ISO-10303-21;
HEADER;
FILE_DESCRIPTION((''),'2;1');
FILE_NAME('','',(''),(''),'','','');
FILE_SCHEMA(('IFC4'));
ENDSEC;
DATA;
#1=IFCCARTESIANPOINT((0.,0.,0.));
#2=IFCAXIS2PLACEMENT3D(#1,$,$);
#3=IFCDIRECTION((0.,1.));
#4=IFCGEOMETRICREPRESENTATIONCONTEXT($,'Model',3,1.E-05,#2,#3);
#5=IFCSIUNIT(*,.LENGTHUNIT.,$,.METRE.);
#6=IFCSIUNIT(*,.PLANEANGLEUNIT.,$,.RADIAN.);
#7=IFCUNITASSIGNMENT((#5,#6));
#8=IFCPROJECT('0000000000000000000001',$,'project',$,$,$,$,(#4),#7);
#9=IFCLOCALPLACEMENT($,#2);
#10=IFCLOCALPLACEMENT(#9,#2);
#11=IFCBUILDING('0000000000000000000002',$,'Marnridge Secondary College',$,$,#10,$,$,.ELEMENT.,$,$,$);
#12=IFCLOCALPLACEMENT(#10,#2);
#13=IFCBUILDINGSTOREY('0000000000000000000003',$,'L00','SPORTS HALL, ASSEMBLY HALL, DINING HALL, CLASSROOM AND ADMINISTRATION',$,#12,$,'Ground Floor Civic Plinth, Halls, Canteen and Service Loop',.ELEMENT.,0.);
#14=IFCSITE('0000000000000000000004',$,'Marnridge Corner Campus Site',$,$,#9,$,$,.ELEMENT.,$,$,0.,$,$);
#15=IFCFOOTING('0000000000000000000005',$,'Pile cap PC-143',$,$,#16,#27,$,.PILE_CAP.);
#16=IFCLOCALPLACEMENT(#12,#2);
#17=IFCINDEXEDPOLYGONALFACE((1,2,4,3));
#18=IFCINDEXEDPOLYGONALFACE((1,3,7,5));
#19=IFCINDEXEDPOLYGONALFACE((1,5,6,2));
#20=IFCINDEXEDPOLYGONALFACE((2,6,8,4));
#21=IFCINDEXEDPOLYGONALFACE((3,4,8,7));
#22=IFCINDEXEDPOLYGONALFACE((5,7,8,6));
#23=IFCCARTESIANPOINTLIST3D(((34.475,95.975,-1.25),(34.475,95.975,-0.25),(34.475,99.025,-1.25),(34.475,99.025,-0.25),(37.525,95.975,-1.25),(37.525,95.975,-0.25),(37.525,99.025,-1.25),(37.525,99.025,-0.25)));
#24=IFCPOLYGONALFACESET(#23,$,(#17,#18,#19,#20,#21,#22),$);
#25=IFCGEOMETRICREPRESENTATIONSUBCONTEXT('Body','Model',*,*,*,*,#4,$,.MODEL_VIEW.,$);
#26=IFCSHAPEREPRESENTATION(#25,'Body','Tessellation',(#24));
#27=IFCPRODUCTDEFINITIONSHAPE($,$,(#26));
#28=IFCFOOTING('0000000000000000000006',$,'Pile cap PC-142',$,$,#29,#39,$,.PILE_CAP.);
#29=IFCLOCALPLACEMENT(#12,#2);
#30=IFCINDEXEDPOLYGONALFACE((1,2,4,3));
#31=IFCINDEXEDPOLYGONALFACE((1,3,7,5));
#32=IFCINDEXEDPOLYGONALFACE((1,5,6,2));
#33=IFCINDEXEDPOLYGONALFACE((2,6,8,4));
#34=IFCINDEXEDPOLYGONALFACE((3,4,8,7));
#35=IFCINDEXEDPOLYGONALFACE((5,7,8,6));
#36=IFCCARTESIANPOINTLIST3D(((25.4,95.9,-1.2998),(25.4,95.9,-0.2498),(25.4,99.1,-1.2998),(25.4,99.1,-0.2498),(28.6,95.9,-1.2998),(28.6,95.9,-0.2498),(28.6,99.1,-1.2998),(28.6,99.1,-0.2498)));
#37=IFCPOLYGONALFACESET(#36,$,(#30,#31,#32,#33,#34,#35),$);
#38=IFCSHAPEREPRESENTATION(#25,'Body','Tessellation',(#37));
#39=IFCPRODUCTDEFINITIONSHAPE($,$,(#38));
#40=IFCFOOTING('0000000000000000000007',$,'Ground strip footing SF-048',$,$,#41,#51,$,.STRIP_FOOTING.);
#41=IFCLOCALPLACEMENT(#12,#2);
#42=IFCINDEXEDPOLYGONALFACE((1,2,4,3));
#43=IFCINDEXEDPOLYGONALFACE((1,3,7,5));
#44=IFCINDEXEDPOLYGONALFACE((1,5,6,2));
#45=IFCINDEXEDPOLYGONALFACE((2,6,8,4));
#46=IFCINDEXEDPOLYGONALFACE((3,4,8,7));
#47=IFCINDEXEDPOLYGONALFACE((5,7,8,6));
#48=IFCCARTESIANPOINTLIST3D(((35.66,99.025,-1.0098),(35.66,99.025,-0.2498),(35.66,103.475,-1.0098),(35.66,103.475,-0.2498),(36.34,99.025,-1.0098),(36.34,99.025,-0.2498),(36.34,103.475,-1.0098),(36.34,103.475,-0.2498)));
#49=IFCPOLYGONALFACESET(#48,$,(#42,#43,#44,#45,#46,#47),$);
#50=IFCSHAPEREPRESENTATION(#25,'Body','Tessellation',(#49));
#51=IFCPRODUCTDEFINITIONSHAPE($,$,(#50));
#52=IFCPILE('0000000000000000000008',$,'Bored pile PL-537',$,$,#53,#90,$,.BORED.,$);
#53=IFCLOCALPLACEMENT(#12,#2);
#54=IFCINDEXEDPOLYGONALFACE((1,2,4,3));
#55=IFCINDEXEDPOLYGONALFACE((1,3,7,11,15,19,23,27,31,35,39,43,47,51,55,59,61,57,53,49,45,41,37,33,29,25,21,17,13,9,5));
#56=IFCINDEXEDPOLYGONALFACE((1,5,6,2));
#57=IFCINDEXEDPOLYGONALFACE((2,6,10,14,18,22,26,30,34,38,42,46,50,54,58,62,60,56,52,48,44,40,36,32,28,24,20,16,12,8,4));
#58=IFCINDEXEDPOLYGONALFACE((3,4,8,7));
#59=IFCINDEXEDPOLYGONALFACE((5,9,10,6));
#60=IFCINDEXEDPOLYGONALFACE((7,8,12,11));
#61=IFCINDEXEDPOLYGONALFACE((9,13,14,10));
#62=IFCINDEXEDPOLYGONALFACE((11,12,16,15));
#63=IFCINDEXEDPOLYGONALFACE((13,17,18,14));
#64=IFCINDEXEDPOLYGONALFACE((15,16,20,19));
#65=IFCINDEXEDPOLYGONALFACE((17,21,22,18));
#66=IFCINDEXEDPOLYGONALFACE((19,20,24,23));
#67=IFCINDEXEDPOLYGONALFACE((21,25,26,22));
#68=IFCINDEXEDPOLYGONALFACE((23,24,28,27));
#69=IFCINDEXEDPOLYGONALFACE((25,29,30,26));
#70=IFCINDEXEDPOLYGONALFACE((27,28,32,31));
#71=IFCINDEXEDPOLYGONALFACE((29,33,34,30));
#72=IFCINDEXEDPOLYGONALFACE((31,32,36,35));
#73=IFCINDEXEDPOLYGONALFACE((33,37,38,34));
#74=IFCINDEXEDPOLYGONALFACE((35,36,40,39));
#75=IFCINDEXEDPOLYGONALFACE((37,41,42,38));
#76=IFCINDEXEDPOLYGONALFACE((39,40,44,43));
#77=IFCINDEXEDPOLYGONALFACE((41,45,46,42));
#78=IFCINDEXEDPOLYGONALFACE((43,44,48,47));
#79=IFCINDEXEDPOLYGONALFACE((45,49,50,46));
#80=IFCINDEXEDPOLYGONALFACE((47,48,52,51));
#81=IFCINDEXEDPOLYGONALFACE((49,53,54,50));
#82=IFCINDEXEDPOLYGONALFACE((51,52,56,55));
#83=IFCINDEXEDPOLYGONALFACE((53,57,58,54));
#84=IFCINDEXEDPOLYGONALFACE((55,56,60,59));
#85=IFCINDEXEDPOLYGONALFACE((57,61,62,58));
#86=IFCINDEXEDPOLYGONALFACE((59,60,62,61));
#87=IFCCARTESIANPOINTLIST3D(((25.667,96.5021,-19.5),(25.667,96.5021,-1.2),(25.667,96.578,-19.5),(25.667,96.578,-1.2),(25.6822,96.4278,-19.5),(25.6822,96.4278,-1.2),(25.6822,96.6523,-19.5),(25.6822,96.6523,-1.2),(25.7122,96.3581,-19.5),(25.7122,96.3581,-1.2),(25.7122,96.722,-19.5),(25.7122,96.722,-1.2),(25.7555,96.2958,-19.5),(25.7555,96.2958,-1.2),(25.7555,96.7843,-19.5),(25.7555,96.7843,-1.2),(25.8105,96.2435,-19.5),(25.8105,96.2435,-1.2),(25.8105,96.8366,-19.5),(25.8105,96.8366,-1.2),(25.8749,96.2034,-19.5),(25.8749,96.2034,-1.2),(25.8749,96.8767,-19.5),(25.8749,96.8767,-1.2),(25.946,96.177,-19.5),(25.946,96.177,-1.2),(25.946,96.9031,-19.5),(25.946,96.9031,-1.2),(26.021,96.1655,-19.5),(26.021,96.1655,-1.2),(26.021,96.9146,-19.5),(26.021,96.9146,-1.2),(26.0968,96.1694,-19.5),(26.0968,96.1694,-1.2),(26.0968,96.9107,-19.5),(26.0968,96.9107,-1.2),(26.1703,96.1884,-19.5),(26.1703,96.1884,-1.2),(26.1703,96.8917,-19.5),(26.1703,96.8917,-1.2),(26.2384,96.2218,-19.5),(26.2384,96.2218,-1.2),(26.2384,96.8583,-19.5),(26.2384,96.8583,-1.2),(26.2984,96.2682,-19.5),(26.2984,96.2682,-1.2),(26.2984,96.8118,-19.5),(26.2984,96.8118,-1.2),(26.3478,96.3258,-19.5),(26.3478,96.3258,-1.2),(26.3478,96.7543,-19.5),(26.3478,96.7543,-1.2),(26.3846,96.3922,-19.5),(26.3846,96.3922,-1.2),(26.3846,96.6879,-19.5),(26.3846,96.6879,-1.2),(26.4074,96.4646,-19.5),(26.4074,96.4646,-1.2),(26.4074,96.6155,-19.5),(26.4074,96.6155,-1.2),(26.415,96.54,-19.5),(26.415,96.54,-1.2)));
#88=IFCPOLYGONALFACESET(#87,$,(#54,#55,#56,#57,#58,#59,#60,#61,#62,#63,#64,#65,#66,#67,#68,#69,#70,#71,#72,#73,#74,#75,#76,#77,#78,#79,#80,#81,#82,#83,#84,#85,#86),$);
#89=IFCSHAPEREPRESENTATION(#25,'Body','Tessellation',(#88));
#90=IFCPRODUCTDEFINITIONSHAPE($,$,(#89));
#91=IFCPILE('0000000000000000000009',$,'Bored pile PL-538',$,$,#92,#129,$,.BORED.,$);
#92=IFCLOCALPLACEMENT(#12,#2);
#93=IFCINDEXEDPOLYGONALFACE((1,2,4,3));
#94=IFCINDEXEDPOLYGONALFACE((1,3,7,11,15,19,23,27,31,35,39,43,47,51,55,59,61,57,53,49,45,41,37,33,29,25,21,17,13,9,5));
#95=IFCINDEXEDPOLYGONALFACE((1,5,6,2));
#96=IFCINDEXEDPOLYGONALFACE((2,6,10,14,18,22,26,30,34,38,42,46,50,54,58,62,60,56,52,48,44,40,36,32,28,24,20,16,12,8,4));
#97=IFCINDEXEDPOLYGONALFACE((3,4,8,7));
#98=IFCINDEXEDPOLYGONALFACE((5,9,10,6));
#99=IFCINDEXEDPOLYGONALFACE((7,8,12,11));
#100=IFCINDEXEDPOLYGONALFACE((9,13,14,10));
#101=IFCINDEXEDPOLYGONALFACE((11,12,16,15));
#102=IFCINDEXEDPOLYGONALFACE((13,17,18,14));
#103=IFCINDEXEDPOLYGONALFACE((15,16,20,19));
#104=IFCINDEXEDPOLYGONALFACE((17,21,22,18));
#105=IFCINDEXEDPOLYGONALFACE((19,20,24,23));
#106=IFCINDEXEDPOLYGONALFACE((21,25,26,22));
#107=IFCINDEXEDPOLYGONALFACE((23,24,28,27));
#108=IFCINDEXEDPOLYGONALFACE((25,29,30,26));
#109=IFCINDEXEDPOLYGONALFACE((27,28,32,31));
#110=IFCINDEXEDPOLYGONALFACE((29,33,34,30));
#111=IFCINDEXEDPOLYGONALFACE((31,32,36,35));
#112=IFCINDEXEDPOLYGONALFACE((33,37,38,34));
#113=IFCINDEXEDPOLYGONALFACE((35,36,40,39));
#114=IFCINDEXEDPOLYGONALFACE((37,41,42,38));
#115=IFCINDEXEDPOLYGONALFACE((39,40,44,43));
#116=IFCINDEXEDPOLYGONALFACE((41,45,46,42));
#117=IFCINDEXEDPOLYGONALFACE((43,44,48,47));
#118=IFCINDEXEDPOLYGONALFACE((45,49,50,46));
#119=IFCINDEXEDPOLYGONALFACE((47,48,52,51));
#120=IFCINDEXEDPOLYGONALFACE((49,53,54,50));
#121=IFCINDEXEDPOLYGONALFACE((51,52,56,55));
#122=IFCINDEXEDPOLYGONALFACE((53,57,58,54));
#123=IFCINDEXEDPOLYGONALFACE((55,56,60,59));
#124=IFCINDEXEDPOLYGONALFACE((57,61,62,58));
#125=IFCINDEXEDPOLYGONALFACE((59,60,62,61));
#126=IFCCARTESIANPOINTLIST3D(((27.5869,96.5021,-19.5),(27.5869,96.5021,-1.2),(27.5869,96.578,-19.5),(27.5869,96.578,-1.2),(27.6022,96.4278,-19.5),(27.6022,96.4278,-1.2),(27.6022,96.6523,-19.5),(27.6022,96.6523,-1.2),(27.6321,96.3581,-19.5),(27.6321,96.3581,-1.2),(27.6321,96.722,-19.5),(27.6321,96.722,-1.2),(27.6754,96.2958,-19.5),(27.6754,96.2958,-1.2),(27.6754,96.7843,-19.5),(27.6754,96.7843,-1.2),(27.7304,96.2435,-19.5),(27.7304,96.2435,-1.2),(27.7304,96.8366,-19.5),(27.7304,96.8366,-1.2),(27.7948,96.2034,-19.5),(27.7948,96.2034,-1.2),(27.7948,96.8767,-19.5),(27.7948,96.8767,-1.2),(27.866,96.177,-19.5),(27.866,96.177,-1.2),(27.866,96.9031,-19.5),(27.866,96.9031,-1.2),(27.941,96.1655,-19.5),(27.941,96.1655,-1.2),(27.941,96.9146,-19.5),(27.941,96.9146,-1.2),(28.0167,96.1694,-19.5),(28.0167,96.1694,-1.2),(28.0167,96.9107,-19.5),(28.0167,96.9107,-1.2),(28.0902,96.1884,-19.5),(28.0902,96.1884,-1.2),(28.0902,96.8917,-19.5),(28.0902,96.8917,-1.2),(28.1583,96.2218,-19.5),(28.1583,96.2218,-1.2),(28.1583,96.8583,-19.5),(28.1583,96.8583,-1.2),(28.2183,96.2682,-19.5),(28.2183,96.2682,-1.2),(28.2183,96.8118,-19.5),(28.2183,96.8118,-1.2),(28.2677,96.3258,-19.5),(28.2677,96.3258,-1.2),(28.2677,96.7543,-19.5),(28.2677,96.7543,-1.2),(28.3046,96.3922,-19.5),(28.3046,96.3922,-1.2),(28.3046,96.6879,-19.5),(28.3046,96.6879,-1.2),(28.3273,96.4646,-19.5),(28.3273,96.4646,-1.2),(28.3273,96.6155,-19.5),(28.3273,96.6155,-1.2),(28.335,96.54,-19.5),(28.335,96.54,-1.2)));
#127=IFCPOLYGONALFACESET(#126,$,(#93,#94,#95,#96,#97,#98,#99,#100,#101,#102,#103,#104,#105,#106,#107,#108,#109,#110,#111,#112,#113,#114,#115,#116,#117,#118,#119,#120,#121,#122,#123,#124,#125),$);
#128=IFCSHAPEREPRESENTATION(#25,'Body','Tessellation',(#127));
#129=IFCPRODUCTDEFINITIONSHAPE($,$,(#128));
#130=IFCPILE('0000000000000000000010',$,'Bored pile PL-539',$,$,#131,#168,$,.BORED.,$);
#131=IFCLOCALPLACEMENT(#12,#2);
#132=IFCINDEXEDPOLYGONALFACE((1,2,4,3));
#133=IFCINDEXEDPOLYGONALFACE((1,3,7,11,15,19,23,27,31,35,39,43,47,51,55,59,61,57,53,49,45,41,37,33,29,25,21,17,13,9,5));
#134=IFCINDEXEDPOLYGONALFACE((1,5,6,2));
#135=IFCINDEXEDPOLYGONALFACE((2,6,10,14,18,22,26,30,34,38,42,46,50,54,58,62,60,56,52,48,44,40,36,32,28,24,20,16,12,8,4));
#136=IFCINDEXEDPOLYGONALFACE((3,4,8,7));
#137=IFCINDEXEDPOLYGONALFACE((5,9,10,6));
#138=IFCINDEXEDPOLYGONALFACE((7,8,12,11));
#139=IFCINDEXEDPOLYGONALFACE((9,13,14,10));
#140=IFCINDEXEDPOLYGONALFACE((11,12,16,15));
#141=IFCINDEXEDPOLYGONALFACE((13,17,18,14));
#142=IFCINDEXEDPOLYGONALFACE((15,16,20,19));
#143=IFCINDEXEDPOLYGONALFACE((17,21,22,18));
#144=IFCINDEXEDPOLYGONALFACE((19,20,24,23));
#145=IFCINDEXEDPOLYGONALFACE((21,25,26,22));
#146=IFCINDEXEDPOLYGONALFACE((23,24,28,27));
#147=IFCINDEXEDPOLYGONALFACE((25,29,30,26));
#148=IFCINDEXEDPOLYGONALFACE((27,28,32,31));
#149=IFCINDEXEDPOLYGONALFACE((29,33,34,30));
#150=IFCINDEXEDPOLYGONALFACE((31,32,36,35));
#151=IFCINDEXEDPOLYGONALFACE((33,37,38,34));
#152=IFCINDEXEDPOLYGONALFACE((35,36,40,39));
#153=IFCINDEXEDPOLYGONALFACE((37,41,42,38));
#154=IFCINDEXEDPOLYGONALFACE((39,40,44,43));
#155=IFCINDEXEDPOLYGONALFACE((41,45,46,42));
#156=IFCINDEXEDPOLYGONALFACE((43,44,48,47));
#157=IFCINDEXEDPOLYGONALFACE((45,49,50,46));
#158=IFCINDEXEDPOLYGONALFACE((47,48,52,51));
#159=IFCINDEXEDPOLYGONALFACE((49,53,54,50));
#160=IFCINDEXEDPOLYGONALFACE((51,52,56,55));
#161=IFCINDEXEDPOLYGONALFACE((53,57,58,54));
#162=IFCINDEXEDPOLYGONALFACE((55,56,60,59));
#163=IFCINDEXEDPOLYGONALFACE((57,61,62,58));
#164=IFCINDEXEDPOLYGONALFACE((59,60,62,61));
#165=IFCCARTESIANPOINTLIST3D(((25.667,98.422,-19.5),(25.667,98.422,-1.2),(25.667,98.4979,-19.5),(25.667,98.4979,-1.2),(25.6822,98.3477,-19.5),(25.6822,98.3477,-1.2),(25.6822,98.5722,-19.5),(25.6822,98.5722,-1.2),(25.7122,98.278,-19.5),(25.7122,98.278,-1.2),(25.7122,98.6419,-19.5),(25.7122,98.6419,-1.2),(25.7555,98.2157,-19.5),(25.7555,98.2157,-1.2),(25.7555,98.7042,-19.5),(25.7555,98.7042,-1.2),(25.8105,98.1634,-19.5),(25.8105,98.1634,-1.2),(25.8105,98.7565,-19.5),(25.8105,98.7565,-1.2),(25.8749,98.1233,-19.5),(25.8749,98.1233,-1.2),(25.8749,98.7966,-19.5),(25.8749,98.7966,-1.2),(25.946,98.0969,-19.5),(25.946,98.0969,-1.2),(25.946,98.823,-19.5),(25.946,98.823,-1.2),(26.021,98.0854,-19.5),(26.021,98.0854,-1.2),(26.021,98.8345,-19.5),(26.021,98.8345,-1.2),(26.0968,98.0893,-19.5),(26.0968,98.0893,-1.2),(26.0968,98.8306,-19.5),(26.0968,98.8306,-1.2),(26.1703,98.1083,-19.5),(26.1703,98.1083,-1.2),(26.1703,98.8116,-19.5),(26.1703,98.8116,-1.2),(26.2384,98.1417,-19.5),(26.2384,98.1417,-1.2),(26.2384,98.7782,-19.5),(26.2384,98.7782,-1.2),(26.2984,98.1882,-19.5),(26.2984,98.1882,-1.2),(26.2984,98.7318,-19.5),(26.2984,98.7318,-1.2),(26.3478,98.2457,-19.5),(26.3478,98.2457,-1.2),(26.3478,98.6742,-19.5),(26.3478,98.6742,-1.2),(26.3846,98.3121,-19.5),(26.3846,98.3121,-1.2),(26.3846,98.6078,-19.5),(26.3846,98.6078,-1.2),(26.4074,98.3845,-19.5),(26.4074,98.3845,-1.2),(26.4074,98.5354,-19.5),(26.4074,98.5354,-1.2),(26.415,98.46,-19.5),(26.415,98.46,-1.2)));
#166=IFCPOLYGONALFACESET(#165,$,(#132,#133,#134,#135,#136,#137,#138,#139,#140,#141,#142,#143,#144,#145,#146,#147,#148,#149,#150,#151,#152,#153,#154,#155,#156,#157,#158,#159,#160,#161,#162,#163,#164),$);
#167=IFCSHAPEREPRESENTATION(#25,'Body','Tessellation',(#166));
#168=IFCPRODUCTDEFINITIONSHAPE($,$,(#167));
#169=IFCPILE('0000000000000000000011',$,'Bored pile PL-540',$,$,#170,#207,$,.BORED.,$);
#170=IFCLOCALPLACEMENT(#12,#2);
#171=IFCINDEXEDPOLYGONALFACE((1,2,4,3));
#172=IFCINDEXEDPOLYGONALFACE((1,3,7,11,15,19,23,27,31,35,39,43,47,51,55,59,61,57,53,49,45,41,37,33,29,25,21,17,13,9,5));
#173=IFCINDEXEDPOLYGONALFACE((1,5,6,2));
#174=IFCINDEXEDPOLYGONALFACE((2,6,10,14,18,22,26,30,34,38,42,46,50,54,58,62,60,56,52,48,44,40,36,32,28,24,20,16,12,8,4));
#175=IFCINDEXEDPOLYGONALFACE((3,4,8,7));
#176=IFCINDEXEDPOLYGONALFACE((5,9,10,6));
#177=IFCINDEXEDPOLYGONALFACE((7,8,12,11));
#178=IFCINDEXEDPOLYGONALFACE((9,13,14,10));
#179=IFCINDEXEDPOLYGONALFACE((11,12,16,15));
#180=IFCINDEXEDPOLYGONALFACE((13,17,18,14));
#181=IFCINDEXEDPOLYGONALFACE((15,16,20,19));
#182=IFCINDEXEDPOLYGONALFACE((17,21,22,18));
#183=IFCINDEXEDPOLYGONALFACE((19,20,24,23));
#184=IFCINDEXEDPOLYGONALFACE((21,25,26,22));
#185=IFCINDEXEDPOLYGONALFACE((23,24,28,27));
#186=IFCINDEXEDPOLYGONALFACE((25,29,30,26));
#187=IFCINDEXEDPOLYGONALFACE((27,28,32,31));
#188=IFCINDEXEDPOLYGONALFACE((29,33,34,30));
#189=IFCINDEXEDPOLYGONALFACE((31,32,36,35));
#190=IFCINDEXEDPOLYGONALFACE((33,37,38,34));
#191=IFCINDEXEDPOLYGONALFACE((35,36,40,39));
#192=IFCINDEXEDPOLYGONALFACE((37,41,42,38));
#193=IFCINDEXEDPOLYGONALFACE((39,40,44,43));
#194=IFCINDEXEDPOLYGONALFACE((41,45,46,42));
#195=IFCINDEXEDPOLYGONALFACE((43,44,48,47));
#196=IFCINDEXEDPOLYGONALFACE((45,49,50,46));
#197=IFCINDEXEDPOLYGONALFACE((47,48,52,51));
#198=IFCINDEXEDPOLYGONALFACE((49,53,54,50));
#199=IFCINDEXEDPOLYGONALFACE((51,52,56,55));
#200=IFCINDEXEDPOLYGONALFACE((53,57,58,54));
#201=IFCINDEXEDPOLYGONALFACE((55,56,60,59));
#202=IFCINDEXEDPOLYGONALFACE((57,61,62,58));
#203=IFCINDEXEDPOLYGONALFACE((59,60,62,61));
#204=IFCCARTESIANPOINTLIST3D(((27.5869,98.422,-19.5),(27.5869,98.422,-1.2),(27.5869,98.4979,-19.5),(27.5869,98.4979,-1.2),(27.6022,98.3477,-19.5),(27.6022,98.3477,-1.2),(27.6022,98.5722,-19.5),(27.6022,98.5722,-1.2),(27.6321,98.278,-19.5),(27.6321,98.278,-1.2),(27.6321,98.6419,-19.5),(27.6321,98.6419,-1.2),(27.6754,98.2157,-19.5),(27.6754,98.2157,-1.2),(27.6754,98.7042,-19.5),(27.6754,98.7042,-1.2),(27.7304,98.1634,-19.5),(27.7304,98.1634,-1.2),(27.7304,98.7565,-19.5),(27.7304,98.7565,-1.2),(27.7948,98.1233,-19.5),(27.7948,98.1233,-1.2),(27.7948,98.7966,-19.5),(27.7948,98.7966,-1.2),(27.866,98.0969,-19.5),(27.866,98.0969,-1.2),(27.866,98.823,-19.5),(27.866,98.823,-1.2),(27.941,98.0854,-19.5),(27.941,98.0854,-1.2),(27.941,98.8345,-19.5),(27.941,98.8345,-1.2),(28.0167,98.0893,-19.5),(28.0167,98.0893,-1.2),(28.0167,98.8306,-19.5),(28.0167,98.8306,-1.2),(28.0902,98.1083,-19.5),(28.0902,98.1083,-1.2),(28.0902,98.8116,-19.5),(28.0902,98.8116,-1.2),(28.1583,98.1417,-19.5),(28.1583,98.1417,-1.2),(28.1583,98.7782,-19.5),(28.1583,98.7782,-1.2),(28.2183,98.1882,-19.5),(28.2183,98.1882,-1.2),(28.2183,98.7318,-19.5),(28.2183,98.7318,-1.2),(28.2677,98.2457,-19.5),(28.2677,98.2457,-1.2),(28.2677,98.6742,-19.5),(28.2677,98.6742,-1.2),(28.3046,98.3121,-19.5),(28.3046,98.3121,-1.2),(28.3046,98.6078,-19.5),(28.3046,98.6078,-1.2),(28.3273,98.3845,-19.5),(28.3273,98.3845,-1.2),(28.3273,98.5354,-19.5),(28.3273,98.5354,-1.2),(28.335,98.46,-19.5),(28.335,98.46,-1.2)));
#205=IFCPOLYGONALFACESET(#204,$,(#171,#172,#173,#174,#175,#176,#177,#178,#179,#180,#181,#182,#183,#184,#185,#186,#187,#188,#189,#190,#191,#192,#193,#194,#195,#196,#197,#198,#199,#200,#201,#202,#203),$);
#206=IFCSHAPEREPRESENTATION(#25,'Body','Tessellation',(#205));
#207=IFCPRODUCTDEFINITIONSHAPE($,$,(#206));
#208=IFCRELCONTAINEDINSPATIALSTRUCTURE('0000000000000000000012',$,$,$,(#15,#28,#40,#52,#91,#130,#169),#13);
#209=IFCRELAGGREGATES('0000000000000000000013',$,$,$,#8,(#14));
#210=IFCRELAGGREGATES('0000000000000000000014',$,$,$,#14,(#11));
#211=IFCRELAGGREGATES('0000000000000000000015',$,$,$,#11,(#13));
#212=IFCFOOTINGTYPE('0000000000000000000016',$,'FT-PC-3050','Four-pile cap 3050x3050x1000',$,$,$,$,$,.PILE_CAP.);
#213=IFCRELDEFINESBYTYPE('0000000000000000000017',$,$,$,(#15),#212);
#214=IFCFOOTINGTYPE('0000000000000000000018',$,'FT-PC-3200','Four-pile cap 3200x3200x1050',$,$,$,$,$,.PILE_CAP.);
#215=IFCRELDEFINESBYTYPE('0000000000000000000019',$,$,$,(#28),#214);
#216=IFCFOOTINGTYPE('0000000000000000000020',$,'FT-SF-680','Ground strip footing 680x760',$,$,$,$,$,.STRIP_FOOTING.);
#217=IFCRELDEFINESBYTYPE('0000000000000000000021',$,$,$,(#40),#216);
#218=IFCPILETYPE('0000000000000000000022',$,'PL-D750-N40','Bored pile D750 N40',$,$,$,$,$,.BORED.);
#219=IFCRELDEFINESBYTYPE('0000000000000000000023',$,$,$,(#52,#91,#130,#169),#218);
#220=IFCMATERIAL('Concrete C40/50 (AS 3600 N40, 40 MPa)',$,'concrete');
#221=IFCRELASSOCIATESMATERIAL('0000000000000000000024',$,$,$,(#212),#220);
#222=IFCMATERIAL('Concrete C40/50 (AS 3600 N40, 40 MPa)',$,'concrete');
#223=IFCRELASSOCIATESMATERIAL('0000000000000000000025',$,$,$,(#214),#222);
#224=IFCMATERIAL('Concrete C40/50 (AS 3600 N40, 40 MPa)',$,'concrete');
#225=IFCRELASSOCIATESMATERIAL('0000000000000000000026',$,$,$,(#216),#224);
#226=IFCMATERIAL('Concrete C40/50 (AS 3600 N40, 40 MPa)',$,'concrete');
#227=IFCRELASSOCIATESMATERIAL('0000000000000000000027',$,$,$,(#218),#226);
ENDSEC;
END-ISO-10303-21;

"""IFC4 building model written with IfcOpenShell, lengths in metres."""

from ifc_helpers import new_model, si_unit, direction, frame, origin, origin_2d, place, context, subcontext, project, spatial, rectangle, circle, extrude, material, material_profile, profile_set, type_object, element, save


model = new_model("IFC4")

# Units and contexts
model_context = context("Model", 3, precision=1e-05, world=origin(), true_north=direction((0.0, 1.0)))
body_context = subcontext(model_context, "Body", "Model", "MODEL_VIEW")
ifc_project = project(units=[si_unit("LENGTHUNIT", "METRE"), si_unit("PLANEANGLEUNIT", "RADIAN")], contexts=[model_context])

# Site, building, storey
site_placement = place(None, origin())
site = spatial("IfcSite", under=ifc_project, at=site_placement, Name="Marnridge Corner Campus Site", CompositionType="ELEMENT", RefElevation=0.0)
building_placement = place(site_placement, origin())
building = spatial("IfcBuilding", under=site, at=building_placement, Name="Marnridge Secondary College", CompositionType="ELEMENT")
storey_placement = place(building_placement, origin())
storey = spatial("IfcBuildingStorey", under=building, at=storey_placement, Name="L00", Description="SPORTS HALL, ASSEMBLY HALL, DINING HALL, CLASSROOM AND ADMINISTRATION", LongName="Ground Floor Civic Plinth, Halls, Canteen and Service Loop", CompositionType="ELEMENT", Elevation=0.0)

# Footings
ifc_material_1 = material(Name="Concrete C40/50 (AS 3600 N40, 40 MPa)", Category="concrete")
footing_type_1 = type_object("IfcFootingType", Name="FT-PC-3050", Description="Four-pile cap 3050x3050x1000", PredefinedType="PILE_CAP", material=ifc_material_1)
footing_1_placement = place(storey_placement, frame((36.0, 97.5, -1.25), z_axis=(0.0, 0.0, 1.0), x_axis=(1.0, 0.0, 0.0)))
element("IfcFooting", 1, at=footing_1_placement, inside=storey, type_object=footing_type_1, Name="Pile cap PC-143", PredefinedType="PILE_CAP", context=body_context, shape_type="SweptSolid", body=[
    extrude(rectangle(XDim=3.05, YDim=3.05, at=origin_2d()), origin(), (0.0, 0.0, 1.0), 1.0),
])
ifc_material_2 = material(Name="Concrete C40/50 (AS 3600 N40, 40 MPa)", Category="concrete")
footing_type_2 = type_object("IfcFootingType", Name="FT-PC-3200", Description="Four-pile cap 3200x3200x1050", PredefinedType="PILE_CAP", material=ifc_material_2)
footing_2_placement = place(storey_placement, frame((27.0, 97.5, -1.2998), z_axis=(0.0, 0.0, 1.0), x_axis=(1.0, 0.0, 0.0)))
element("IfcFooting", 2, at=footing_2_placement, inside=storey, type_object=footing_type_2, Name="Pile cap PC-142", PredefinedType="PILE_CAP", context=body_context, shape_type="SweptSolid", body=[
    extrude(rectangle(XDim=3.2, YDim=3.2, at=origin_2d()), origin(), (0.0, 0.0, 1.0), 1.05),
])
ifc_material_3 = material(Name="Concrete C40/50 (AS 3600 N40, 40 MPa)", Category="concrete")
footing_type_3 = type_object("IfcFootingType", Name="FT-SF-680", Description="Ground strip footing 680x760", PredefinedType="STRIP_FOOTING", material=ifc_material_3)
footing_3_placement = place(storey_placement, frame((36.0, 101.25, -1.0098), z_axis=(0.0, 0.0, 1.0), x_axis=(1.0, 0.0, 0.0)))
element("IfcFooting", 3, at=footing_3_placement, inside=storey, type_object=footing_type_3, Name="Ground strip footing SF-048", PredefinedType="STRIP_FOOTING", context=body_context, shape_type="SweptSolid", body=[
    extrude(rectangle(XDim=0.6799, YDim=4.45, at=origin_2d()), origin(), (0.0, 0.0, 1.0), 0.76),
])

# Piles
ifc_material_4 = material(Name="Concrete C40/50 (AS 3600 N40, 40 MPa)", Category="concrete")
ifc_material_profile_1 = material_profile(ifc_material_4, circle(Radius=0.375, at=origin_2d()), Name="PILE D750")
ifc_profile_set_1 = profile_set([ifc_material_profile_1], Name="Concrete C40/50 (AS 3600 N40, 40 MPa)")
pile_type = type_object("IfcPileType", Name="PL-D750-N40", Description="Bored pile D750 N40", PredefinedType="BORED", material=ifc_profile_set_1)
for number, where, z_axis, x_axis, name in (
    (4, (26.04, 96.54, -1.2), (0.0, 0.0, -1.0), (1.0, 0.0, 0.0), "Bored pile PL-537"),
    (5, (27.96, 96.54, -1.2), (0.0, 0.0, -1.0), (1.0, 0.0, 0.0), "Bored pile PL-538"),
    (6, (26.04, 98.46, -1.2), (0.0, 0.0, -1.0), (1.0, 0.0, 0.0), "Bored pile PL-539"),
    (7, (27.96, 98.46, -1.2), (0.0, 0.0, -1.0), (1.0, 0.0, 0.0), "Bored pile PL-540"),
):
    element("IfcPile", number, at=place(storey_placement, frame(where, z_axis=z_axis, x_axis=x_axis)), inside=storey, type_object=pile_type, Name=name, PredefinedType="BORED", context=body_context, shape_type="SweptSolid", body=[
        extrude(circle(Radius=0.375, at=origin_2d()), origin(), (0.0, 0.0, 1.0), 18.3),
    ])

save(model, "model.ifc")
